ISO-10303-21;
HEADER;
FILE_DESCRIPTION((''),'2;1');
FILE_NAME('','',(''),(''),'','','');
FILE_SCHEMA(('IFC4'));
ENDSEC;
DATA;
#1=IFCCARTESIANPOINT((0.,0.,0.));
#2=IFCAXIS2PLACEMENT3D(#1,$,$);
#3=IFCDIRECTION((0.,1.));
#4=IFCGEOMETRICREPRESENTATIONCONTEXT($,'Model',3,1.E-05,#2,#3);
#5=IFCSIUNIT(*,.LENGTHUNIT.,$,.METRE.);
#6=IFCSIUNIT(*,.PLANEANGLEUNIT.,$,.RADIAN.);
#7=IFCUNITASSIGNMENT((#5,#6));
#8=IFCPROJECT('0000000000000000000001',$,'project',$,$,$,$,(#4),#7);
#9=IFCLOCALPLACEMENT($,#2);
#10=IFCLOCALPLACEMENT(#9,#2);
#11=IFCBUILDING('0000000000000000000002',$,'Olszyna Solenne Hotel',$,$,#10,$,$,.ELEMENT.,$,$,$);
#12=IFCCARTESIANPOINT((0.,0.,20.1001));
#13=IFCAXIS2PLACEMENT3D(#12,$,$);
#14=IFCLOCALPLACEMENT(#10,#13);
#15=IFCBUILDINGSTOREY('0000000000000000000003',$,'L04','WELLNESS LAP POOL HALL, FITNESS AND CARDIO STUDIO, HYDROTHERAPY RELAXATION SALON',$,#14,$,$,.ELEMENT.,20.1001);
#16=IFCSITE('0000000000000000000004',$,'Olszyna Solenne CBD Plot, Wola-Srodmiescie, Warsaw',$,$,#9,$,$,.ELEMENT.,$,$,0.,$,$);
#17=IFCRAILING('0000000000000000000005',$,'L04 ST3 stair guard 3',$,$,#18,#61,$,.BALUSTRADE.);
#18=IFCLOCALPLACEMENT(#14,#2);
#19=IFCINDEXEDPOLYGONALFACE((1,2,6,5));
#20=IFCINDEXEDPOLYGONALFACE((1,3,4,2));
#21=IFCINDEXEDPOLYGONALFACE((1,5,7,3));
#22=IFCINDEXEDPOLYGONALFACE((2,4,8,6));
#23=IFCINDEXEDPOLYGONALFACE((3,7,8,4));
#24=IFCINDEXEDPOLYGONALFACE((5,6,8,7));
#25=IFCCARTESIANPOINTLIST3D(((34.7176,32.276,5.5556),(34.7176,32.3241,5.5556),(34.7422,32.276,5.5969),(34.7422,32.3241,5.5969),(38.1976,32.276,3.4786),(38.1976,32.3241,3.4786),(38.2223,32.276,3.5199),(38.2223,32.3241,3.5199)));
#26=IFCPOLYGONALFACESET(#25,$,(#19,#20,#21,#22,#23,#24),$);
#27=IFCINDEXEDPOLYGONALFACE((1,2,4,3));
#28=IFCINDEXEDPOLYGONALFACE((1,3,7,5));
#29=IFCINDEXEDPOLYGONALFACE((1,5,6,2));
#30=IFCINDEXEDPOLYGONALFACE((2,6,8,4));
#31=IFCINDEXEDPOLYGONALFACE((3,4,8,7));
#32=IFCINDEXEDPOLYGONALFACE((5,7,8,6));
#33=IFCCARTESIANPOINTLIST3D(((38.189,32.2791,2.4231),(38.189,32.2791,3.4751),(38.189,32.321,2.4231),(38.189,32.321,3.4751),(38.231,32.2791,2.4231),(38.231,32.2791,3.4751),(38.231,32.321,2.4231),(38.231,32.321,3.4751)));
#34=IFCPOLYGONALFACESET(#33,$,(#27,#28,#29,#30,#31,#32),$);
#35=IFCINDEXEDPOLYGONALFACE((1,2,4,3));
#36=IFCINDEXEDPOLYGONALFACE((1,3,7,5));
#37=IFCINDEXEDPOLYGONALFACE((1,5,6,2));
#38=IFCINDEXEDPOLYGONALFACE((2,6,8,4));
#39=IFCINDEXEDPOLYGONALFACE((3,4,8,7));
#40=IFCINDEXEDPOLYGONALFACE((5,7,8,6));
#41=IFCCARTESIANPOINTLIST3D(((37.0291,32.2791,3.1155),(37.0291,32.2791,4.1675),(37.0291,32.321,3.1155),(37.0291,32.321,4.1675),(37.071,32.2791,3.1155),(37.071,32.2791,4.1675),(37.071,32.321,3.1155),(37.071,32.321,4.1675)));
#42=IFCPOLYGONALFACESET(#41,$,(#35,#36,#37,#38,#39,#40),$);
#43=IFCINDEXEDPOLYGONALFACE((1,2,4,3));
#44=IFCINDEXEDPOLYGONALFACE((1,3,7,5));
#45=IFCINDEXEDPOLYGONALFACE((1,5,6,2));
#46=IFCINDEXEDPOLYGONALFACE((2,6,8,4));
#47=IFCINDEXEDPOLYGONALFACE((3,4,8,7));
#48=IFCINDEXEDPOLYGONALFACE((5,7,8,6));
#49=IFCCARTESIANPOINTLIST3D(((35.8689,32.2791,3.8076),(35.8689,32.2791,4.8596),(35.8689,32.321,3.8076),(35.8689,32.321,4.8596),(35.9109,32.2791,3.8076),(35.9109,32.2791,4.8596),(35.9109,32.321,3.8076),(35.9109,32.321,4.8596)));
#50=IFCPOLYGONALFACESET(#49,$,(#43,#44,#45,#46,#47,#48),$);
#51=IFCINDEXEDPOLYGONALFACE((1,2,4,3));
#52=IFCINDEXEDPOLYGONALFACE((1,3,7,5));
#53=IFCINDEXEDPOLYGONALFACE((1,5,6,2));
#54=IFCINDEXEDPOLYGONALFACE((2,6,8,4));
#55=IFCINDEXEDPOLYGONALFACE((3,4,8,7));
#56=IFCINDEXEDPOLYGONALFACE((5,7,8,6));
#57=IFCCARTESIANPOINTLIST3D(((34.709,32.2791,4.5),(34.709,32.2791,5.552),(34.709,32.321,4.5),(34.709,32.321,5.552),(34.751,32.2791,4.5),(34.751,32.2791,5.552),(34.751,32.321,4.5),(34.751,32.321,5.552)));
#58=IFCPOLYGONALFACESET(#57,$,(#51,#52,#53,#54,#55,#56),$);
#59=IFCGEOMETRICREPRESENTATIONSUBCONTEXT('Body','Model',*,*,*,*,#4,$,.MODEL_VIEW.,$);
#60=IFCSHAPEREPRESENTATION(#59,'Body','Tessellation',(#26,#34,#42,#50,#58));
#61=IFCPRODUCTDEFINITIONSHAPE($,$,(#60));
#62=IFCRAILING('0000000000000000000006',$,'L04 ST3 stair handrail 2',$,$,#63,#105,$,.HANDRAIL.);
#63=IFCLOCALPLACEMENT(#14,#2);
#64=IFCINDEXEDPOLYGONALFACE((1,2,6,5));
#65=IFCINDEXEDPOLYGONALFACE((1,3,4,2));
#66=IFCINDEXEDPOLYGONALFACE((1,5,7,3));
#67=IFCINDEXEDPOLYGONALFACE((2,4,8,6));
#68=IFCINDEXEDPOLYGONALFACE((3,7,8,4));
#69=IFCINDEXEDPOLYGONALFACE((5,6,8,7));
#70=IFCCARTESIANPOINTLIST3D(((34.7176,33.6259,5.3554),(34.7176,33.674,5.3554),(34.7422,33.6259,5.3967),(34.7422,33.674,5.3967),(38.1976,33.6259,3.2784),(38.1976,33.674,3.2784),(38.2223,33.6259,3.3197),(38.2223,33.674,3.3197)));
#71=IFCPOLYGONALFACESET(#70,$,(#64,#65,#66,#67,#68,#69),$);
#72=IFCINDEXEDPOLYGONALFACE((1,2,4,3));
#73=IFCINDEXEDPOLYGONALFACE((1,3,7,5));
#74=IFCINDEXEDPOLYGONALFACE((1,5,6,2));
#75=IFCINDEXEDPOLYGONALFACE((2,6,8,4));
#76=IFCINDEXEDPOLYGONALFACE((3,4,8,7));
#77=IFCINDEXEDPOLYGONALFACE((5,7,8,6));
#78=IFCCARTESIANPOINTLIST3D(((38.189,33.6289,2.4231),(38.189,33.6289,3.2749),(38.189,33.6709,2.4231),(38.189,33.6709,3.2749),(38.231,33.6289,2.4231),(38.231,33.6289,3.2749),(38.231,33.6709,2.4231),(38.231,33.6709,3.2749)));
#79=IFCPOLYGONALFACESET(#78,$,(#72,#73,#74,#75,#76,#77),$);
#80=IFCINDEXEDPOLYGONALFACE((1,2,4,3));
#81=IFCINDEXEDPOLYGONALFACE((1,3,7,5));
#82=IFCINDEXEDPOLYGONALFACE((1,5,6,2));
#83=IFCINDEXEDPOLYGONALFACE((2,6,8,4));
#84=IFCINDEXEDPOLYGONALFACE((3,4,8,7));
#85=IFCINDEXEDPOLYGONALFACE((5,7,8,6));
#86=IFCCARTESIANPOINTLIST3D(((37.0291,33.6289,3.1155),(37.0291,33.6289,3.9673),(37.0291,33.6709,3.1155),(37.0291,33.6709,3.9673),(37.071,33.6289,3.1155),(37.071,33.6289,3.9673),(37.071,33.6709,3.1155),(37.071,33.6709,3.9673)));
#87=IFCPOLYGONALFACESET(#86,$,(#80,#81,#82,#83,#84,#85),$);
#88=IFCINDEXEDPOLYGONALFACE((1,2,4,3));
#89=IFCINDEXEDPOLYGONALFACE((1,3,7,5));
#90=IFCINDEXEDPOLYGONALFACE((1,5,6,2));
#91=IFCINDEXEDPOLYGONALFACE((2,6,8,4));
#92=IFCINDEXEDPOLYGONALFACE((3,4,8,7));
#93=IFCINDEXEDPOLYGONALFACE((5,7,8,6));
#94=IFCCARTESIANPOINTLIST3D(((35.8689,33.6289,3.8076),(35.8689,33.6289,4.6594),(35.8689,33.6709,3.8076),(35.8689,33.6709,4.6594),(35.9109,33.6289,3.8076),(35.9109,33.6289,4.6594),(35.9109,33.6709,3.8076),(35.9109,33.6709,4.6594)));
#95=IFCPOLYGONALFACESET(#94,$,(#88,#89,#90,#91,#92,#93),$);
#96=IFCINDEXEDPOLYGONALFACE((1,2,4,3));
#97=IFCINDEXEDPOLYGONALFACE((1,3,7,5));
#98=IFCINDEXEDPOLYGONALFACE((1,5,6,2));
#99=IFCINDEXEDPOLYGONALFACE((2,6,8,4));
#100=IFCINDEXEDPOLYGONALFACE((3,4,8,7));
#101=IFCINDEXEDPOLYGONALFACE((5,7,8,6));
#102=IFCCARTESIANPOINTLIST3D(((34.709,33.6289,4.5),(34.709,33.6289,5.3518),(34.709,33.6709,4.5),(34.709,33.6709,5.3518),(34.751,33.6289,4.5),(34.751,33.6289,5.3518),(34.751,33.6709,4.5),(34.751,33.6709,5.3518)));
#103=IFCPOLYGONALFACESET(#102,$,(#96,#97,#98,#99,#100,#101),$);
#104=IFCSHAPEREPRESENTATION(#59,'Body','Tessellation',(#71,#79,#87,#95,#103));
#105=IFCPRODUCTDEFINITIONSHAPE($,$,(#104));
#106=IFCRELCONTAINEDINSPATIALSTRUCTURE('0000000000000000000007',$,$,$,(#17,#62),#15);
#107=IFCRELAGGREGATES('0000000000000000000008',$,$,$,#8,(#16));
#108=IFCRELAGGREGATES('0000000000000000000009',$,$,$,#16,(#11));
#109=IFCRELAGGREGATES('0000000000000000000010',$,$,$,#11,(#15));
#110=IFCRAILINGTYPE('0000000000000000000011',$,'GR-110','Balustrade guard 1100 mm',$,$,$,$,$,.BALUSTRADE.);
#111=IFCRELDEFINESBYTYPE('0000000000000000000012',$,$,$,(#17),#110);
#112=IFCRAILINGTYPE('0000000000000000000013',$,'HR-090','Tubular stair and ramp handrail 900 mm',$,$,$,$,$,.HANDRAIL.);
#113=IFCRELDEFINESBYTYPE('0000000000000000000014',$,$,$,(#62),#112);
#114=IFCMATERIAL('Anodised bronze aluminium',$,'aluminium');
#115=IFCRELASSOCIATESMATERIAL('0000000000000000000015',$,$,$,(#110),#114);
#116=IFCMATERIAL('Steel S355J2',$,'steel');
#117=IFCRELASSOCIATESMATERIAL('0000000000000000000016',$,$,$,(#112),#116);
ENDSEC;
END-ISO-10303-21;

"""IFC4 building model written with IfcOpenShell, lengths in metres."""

from ifc_helpers import new_model, si_unit, direction, frame, origin, origin_2d, place, context, subcontext, project, spatial, rectangle, extrude, material, type_object, element, save


model = new_model("IFC4")

# Units and contexts
model_context = context("Model", 3, precision=1e-05, world=origin(), true_north=direction((0.0, 1.0)))
body_context = subcontext(model_context, "Body", "Model", "MODEL_VIEW")
ifc_project = project(units=[si_unit("LENGTHUNIT", "METRE"), si_unit("PLANEANGLEUNIT", "RADIAN")], contexts=[model_context])

# Site, building, storey
site_placement = place(None, origin())
site = spatial("IfcSite", under=ifc_project, at=site_placement, Name="Olszyna Solenne CBD Plot, Wola-Srodmiescie, Warsaw", CompositionType="ELEMENT", RefElevation=0.0)
building_placement = place(site_placement, origin())
building = spatial("IfcBuilding", under=site, at=building_placement, Name="Olszyna Solenne Hotel", CompositionType="ELEMENT")
storey_placement = place(building_placement, frame((0.0, 0.0, 20.1001)))
storey = spatial("IfcBuildingStorey", under=building, at=storey_placement, Name="L04", Description="WELLNESS LAP POOL HALL, FITNESS AND CARDIO STUDIO, HYDROTHERAPY RELAXATION SALON", CompositionType="ELEMENT", Elevation=20.1001)

# Shared definitions
ifc_material_1 = material(Name="Anodised bronze aluminium", Category="aluminium")

# Shared definitions
ifc_material_2 = material(Name="Steel S355J2", Category="steel")

# Railings
railing_type_1 = type_object("IfcRailingType", Name="GR-110", Description="Balustrade guard 1100 mm", PredefinedType="BALUSTRADE", material=ifc_material_1)
railing_1_placement = place(storey_placement, frame((38.21, 32.3, 2.4231)))
element("IfcRailing", 1, at=railing_1_placement, inside=storey, type_object=railing_type_1, Name="L04 ST3 stair guard 3", PredefinedType="BALUSTRADE", context=body_context, shape_type="SweptSolid", body=[
    extrude(rectangle(XDim=0.0481, YDim=0.0481, at=origin_2d()), frame((0.0, 0.0, 1.0762), z_axis=(-0.858697, 0.0, 0.512483), x_axis=(0.0, -1.0, 0.0)), (0.0, 0.0, 1.0), 4.0527),
    extrude(rectangle(XDim=0.042, YDim=0.042, at=origin_2d()), origin(), (0.0, 0.0, 1.0), 1.052),
    extrude(rectangle(XDim=0.042, YDim=0.042, at=origin_2d()), frame((-1.1599, 0.0, 0.6924)), (0.0, 0.0, 1.0), 1.052),
    extrude(rectangle(XDim=0.042, YDim=0.042, at=origin_2d()), frame((-2.3201, 0.0, 1.3845)), (0.0, 0.0, 1.0), 1.052),
    extrude(rectangle(XDim=0.042, YDim=0.042, at=origin_2d()), frame((-3.48, 0.0, 2.0769)), (0.0, 0.0, 1.0), 1.052),
])
railing_type_2 = type_object("IfcRailingType", Name="HR-090", Description="Tubular stair and ramp handrail 900 mm", PredefinedType="HANDRAIL", material=ifc_material_2)
railing_2_placement = place(storey_placement, frame((38.21, 33.6499, 2.4231)))
element("IfcRailing", 2, at=railing_2_placement, inside=storey, type_object=railing_type_2, Name="L04 ST3 stair handrail 2", PredefinedType="HANDRAIL", context=body_context, shape_type="SweptSolid", body=[
    extrude(rectangle(XDim=0.0481, YDim=0.0481, at=origin_2d()), frame((0.0, 0.0, 0.876), z_axis=(-0.858697, 0.0, 0.512483), x_axis=(0.0, -1.0, 0.0)), (0.0, 0.0, 1.0), 4.0527),
    extrude(rectangle(XDim=0.042, YDim=0.042, at=origin_2d()), origin(), (0.0, 0.0, 1.0), 0.8518),
    extrude(rectangle(XDim=0.042, YDim=0.042, at=origin_2d()), frame((-1.1599, 0.0, 0.6924)), (0.0, 0.0, 1.0), 0.8518),
    extrude(rectangle(XDim=0.042, YDim=0.042, at=origin_2d()), frame((-2.3201, 0.0, 1.3845)), (0.0, 0.0, 1.0), 0.8518),
    extrude(rectangle(XDim=0.042, YDim=0.042, at=origin_2d()), frame((-3.48, 0.0, 2.0769)), (0.0, 0.0, 1.0), 0.8518),
])

save(model, "model.ifc")
